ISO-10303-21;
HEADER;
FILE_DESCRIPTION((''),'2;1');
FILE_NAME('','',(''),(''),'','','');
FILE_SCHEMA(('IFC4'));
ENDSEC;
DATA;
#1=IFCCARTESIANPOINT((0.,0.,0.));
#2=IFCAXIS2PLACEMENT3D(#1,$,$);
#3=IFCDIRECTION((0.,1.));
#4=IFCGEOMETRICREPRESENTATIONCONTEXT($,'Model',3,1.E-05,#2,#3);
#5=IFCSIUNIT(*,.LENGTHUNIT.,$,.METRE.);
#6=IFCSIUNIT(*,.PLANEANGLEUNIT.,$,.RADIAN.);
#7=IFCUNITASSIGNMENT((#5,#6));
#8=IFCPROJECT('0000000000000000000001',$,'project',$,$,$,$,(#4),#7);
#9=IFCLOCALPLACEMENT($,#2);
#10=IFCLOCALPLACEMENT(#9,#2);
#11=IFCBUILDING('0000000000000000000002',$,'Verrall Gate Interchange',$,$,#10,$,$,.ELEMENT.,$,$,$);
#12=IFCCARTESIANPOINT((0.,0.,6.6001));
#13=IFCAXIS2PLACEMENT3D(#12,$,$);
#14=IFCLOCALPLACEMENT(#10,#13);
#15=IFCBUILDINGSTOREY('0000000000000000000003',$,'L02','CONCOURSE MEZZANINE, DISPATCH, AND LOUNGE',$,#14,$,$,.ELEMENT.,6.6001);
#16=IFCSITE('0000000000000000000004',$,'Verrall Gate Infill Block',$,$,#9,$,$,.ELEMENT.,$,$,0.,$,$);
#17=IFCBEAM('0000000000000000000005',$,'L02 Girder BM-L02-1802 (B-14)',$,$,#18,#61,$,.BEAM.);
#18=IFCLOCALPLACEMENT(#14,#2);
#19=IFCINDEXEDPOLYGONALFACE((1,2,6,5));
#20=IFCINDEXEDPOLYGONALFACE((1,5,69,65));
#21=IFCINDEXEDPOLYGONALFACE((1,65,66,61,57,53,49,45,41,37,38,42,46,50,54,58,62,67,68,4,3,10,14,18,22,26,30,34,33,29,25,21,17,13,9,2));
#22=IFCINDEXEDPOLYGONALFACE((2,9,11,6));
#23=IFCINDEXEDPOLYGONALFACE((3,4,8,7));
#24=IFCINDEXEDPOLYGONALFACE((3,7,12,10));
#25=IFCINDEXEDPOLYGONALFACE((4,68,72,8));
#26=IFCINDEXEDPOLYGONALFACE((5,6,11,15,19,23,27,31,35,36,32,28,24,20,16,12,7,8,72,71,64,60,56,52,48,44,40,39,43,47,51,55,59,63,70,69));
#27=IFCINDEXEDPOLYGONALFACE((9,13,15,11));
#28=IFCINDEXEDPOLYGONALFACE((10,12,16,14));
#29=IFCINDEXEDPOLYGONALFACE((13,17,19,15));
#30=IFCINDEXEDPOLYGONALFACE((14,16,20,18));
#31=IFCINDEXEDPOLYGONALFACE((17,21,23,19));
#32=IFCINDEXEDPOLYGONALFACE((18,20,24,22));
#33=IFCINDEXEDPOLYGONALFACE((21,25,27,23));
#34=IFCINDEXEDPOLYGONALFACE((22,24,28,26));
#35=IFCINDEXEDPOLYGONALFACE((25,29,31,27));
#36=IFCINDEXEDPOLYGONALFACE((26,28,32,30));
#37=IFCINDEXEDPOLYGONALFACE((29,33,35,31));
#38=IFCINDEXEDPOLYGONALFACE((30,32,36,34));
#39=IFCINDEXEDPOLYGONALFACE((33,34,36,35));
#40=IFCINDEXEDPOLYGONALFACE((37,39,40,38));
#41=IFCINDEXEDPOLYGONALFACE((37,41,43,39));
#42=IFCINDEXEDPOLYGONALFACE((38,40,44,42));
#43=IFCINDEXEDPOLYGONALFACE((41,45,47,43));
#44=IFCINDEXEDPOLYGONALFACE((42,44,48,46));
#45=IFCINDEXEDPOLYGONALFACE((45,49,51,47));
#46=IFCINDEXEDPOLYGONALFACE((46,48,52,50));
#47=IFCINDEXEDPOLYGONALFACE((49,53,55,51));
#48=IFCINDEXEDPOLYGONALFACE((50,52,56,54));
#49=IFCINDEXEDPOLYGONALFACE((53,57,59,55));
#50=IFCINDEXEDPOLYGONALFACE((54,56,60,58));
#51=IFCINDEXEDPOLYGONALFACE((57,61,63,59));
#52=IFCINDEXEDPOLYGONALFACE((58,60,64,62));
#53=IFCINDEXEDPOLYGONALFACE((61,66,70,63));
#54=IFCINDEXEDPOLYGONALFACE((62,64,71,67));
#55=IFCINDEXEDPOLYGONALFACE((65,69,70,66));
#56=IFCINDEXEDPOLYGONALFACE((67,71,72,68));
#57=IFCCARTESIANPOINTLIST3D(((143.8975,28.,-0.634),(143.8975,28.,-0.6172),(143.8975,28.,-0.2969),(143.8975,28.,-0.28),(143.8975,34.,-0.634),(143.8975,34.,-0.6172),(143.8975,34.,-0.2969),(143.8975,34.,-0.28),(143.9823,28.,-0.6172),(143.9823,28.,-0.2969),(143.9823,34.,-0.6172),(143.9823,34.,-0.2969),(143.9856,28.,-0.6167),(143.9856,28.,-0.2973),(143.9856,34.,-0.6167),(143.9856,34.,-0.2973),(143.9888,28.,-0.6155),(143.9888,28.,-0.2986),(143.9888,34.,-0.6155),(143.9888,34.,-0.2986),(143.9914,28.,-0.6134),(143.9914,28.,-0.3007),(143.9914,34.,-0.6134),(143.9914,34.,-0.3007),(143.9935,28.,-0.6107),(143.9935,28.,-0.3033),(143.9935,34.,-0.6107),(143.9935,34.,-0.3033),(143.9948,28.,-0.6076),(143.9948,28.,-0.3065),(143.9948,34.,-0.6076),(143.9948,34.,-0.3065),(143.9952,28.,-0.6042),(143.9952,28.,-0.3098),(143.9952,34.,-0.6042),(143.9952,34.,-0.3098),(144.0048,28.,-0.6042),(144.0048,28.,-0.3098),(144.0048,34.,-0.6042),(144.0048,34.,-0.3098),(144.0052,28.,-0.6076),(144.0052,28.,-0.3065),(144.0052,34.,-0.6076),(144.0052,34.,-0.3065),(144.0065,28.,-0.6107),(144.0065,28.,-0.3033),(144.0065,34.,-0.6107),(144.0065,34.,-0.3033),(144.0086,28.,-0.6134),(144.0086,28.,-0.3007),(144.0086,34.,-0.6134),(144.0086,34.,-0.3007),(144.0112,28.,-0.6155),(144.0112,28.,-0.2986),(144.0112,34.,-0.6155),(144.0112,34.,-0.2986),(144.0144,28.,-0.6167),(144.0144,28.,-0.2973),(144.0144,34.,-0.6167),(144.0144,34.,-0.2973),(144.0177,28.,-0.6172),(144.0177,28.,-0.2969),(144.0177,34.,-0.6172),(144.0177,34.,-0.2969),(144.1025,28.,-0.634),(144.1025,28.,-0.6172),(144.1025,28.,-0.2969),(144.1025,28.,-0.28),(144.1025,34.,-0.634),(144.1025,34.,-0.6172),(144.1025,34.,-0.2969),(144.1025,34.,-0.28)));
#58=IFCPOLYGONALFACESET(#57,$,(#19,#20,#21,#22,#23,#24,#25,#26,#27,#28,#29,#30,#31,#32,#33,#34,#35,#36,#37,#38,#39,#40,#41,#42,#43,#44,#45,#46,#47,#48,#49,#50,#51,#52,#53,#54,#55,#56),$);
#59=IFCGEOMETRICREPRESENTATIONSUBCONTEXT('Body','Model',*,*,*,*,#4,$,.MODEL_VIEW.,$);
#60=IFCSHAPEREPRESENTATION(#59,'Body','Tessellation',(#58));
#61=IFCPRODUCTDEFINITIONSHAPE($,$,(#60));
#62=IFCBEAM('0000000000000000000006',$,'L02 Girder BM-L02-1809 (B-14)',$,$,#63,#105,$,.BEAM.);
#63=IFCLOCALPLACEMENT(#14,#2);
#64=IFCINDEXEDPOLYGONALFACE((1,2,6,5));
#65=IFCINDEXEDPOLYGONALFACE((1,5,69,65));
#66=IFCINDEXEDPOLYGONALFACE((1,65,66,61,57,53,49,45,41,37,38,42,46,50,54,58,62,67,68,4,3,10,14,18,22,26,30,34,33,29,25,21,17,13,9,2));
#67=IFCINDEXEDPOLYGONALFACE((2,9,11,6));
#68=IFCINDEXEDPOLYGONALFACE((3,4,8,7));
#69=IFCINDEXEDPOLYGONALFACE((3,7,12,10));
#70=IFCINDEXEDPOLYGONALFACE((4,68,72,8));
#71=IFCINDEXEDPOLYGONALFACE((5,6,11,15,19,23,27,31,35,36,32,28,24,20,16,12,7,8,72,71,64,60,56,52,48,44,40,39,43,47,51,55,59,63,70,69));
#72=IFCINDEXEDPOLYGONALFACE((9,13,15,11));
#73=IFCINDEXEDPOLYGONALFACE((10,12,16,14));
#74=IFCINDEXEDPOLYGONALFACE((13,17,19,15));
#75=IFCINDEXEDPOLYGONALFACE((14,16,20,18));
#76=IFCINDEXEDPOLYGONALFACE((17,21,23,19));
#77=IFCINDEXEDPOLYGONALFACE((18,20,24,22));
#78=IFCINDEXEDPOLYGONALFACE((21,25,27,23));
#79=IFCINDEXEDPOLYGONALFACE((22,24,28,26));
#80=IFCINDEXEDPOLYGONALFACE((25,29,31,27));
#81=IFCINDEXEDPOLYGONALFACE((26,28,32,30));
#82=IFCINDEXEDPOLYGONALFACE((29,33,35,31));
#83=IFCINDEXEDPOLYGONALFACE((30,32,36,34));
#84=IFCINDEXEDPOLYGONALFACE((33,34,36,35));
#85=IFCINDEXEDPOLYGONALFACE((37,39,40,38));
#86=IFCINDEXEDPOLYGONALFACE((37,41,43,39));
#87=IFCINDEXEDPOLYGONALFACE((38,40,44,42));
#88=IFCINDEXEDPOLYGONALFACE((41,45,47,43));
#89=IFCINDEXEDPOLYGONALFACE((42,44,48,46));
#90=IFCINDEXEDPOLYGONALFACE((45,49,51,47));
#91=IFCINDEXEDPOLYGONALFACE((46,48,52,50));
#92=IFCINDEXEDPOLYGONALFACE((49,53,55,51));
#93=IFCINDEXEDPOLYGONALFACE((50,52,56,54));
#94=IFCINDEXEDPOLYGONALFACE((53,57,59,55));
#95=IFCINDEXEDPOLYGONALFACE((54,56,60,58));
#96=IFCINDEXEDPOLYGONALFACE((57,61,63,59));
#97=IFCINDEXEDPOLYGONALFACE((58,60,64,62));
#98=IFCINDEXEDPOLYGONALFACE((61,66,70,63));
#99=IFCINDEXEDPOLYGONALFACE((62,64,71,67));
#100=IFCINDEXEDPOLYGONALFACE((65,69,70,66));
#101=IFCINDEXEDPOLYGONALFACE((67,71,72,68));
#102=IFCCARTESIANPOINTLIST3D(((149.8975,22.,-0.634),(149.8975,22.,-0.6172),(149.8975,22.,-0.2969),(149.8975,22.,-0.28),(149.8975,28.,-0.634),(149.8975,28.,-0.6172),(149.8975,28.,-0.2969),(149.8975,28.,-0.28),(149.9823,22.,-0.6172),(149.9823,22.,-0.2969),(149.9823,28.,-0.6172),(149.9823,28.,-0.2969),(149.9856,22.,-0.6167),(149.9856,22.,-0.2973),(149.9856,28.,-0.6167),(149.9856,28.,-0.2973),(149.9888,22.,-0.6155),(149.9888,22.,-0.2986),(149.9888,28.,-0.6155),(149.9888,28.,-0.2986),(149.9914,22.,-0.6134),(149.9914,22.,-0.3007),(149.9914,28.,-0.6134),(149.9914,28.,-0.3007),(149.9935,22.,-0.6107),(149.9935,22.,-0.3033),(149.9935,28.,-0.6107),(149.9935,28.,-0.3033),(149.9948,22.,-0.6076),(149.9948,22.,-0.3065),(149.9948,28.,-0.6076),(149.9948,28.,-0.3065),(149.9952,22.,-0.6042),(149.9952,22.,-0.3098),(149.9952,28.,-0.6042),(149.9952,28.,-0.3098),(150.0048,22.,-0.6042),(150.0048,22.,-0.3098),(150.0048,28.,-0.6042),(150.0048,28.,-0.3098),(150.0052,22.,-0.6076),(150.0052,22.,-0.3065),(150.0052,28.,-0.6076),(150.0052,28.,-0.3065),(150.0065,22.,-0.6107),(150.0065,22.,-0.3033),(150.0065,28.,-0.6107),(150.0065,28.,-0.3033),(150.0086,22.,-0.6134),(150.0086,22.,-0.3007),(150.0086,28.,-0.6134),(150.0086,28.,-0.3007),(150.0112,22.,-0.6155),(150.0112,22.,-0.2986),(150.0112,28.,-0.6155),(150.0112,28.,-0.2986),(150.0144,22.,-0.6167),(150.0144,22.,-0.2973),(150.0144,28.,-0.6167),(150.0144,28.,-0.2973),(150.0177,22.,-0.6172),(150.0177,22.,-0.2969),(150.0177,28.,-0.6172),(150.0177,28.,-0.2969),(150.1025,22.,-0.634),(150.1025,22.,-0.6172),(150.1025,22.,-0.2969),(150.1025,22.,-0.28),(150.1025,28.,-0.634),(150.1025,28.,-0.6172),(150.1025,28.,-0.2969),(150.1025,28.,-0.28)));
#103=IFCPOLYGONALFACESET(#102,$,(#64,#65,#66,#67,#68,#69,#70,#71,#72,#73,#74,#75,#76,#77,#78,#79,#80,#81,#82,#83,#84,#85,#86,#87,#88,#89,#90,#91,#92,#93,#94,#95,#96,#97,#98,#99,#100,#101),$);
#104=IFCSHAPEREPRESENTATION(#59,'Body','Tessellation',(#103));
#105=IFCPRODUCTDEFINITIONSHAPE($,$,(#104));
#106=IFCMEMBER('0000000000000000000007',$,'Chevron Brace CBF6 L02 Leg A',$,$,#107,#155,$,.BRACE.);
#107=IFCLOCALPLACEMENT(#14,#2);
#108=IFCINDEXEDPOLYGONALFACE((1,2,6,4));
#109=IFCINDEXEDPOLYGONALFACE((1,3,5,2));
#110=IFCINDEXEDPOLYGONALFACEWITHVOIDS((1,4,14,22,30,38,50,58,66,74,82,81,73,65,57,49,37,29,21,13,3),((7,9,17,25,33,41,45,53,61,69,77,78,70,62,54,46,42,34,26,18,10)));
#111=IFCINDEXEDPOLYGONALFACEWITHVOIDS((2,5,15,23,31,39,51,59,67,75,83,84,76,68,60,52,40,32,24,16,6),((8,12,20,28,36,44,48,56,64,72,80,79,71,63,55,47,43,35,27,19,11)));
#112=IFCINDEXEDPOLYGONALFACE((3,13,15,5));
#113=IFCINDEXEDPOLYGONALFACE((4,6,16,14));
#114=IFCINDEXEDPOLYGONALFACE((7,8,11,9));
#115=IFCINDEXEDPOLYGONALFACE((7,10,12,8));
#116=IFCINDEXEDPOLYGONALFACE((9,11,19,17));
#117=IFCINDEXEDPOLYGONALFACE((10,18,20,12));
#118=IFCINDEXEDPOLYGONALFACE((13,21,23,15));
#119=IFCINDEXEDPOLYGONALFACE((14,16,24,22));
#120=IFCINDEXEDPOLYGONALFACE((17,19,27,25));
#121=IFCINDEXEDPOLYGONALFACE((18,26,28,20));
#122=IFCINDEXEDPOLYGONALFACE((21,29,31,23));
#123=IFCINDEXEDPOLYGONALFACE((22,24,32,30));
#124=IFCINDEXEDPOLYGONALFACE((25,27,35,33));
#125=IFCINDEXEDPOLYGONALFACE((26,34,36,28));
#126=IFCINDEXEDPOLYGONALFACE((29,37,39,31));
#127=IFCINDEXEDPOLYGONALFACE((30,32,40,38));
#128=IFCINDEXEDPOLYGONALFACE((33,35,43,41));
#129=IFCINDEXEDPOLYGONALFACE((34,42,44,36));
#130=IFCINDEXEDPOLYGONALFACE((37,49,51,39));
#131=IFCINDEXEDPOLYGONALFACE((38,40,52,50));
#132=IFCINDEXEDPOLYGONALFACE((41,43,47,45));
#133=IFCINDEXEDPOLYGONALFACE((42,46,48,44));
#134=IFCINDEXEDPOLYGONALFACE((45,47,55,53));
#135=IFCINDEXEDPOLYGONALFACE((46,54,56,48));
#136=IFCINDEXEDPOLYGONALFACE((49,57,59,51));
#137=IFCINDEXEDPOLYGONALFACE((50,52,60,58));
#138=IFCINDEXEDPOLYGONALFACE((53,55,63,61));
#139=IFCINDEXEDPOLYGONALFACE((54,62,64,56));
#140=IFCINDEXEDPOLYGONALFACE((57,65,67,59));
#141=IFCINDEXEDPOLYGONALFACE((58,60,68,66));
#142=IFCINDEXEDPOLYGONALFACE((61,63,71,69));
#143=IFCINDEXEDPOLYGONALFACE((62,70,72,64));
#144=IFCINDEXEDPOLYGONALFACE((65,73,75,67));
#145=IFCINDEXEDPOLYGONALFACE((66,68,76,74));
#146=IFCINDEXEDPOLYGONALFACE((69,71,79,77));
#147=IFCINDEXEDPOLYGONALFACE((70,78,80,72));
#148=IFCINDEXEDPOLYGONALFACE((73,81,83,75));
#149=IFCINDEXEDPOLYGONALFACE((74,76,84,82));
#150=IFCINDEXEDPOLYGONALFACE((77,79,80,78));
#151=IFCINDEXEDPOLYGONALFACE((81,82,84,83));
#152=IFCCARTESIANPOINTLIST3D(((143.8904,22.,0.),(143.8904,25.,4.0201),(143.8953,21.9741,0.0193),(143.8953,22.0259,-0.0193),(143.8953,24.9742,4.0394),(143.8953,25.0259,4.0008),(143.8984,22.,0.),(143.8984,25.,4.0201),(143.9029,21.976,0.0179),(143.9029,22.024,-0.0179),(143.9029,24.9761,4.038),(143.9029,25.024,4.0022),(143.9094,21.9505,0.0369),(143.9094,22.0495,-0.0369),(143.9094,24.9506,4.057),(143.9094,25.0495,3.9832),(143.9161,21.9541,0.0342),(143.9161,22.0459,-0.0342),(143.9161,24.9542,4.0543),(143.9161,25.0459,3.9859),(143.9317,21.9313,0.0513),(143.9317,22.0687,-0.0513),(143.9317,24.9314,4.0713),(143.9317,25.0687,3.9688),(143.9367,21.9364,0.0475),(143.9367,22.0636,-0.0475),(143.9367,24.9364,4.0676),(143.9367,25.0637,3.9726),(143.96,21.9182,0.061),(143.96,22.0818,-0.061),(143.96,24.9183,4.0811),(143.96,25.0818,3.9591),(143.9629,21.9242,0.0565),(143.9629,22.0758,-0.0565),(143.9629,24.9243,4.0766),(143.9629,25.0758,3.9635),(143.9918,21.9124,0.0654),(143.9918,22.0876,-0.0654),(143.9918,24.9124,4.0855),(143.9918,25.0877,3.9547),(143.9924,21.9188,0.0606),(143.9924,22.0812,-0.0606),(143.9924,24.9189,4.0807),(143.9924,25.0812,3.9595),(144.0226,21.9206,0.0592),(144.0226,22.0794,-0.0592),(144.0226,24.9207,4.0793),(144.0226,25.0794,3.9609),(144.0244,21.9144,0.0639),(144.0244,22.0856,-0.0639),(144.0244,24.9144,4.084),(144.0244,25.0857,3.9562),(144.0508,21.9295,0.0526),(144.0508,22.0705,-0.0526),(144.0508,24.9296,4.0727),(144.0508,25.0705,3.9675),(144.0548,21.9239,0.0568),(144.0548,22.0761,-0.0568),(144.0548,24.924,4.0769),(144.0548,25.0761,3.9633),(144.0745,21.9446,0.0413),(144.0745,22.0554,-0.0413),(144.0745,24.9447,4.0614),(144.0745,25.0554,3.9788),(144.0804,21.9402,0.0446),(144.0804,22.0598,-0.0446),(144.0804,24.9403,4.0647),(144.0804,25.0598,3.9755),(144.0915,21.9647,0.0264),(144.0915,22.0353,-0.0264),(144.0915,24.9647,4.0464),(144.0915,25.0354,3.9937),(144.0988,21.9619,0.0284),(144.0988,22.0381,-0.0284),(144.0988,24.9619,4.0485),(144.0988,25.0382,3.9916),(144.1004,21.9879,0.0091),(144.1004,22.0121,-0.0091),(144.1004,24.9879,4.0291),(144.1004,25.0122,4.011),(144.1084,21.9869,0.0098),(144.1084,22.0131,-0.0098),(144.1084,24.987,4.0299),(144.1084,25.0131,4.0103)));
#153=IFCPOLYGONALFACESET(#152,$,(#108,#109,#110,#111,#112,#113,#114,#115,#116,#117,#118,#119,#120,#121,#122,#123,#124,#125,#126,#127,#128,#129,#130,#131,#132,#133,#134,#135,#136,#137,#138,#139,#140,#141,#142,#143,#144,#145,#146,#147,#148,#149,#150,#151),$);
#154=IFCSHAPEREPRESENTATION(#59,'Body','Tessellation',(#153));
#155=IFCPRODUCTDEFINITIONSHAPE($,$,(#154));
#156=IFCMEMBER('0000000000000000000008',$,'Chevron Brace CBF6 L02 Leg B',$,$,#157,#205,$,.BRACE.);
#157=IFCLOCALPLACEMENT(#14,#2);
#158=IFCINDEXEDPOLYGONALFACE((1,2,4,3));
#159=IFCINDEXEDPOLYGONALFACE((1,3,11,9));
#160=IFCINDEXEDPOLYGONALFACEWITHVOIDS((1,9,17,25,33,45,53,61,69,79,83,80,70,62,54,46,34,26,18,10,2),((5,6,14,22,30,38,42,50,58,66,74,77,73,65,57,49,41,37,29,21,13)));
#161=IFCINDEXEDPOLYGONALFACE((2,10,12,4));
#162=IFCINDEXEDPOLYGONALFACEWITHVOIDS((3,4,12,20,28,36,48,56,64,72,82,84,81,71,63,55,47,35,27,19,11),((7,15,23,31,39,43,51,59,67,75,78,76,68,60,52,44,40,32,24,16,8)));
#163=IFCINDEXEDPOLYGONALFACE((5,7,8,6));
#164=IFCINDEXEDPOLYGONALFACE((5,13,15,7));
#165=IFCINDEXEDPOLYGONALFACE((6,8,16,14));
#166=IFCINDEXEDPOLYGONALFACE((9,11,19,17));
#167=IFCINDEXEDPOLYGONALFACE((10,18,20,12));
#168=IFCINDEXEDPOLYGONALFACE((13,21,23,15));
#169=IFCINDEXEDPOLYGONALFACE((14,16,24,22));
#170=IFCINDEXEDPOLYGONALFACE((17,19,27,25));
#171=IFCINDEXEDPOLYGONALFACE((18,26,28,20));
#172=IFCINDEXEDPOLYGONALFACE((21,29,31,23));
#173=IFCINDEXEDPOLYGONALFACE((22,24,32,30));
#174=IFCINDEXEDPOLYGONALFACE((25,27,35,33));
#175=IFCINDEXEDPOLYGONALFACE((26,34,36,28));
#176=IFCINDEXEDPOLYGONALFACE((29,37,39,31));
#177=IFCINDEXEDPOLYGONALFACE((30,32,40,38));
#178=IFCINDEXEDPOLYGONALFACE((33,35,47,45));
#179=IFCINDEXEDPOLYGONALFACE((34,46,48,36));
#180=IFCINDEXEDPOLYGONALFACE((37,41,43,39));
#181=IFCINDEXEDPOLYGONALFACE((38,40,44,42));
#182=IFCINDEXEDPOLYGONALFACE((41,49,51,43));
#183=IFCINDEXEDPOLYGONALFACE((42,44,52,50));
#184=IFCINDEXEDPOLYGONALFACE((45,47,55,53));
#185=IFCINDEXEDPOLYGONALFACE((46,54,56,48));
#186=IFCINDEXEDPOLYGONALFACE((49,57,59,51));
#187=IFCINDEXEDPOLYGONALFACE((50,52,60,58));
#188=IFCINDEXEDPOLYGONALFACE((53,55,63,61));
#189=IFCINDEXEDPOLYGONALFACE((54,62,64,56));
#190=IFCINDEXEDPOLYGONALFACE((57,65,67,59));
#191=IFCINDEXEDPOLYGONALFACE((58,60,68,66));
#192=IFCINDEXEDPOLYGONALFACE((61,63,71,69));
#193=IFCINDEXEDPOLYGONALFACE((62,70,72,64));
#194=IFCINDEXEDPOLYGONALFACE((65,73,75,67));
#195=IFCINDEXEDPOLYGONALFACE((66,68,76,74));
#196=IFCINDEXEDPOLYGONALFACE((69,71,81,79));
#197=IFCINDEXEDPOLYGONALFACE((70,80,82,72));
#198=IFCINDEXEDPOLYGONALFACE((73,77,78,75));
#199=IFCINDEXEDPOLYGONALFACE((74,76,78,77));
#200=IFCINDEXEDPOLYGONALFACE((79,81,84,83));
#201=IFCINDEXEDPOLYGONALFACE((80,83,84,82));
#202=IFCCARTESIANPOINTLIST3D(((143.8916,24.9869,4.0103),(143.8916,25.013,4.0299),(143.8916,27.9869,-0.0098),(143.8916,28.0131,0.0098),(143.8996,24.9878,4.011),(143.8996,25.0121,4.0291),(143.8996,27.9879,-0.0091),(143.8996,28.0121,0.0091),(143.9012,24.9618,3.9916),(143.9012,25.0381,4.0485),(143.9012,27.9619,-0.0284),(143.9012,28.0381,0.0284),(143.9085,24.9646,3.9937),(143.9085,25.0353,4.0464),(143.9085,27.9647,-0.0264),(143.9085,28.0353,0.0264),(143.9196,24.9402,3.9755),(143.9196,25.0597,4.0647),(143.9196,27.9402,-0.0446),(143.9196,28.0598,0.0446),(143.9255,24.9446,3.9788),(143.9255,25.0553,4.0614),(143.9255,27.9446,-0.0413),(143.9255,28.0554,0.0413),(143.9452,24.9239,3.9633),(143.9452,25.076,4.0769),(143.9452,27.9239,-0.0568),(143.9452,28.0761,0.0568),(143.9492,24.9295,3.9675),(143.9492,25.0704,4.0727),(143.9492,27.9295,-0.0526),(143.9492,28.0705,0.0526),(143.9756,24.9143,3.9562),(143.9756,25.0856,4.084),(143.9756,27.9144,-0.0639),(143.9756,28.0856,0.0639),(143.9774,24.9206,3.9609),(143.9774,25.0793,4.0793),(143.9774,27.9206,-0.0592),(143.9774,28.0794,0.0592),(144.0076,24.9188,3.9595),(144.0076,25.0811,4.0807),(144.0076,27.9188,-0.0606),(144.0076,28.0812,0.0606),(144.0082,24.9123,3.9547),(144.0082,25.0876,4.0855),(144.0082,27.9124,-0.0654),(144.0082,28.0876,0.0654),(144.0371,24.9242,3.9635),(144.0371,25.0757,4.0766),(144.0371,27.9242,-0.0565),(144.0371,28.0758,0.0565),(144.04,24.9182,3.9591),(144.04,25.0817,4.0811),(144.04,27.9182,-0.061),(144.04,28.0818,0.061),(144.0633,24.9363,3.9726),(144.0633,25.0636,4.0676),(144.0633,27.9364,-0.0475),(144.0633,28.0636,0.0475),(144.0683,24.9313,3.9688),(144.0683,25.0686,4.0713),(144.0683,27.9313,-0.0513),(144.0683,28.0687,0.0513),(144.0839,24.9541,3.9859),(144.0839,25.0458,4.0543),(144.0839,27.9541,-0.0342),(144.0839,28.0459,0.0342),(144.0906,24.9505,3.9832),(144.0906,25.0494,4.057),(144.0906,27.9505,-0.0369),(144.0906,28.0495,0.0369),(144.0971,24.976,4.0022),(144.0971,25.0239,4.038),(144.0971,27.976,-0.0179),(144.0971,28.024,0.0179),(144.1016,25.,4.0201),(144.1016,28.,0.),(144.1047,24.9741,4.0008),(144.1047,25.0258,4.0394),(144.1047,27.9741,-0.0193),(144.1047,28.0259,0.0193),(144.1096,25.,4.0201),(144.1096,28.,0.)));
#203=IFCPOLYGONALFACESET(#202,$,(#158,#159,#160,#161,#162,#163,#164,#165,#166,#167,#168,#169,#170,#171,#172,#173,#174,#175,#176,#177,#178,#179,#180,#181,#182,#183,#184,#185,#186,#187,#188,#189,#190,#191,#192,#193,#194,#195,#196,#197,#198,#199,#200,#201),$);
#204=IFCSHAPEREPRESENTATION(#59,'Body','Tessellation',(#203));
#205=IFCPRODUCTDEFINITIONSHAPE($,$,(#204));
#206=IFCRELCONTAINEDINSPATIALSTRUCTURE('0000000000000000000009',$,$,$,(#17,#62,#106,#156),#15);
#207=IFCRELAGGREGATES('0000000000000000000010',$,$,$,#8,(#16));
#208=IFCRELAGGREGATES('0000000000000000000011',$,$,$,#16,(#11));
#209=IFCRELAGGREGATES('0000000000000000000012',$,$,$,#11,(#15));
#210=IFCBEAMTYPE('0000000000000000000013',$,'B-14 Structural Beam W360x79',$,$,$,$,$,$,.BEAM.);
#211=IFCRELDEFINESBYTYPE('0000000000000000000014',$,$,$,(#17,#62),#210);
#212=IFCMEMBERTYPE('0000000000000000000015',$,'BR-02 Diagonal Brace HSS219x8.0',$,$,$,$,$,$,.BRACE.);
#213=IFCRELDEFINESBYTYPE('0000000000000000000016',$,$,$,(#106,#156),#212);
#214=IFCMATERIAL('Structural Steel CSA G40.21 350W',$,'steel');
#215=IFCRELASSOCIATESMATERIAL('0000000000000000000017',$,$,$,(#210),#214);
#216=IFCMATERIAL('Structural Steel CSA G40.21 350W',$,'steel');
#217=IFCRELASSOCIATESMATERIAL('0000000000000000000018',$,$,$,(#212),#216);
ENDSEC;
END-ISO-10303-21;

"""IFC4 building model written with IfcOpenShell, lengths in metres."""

from ifc_helpers import new_model, si_unit, direction, frame, origin, origin_2d, place, context, subcontext, project, spatial, hollow_circle, i_section, extrude, material, material_profile, profile_set, type_object, element, save


model = new_model("IFC4")

# Units and contexts
model_context = context("Model", 3, precision=1e-05, world=origin(), true_north=direction((0.0, 1.0)))
body_context = subcontext(model_context, "Body", "Model", "MODEL_VIEW")
ifc_project = project(units=[si_unit("LENGTHUNIT", "METRE"), si_unit("PLANEANGLEUNIT", "RADIAN")], contexts=[model_context])

# Site, building, storey
site_placement = place(None, origin())
site = spatial("IfcSite", under=ifc_project, at=site_placement, Name="Verrall Gate Infill Block", CompositionType="ELEMENT", RefElevation=0.0)
building_placement = place(site_placement, origin())
building = spatial("IfcBuilding", under=site, at=building_placement, Name="Verrall Gate Interchange", CompositionType="ELEMENT")
storey_placement = place(building_placement, frame((0.0, 0.0, 6.6001)))
storey = spatial("IfcBuildingStorey", under=building, at=storey_placement, Name="L02", Description="CONCOURSE MEZZANINE, DISPATCH, AND LOUNGE", CompositionType="ELEMENT", Elevation=6.6001)

# Beams
ifc_material_1 = material(Name="Structural Steel CSA G40.21 350W", Category="steel")
ifc_material_profile_1 = material_profile(ifc_material_1, i_section(OverallWidth=0.2051, OverallDepth=0.354, WebThickness=0.0095, FlangeThickness=0.0168, FilletRadius=0.0129, at=origin_2d()), Name="W360x79")
ifc_profile_set_1 = profile_set([ifc_material_profile_1], Name="Structural Steel CSA G40.21 350W")
beam_type_1 = type_object("IfcBeamType", Name="B-14 Structural Beam W360x79", PredefinedType="BEAM", material=ifc_profile_set_1)
for number, where, z_axis, x_axis, name in (
    (1, (144.0, 28.0, -0.457), (0.0, 1.0, 0.0), (-1.0, 0.0, 0.0), "L02 Girder BM-L02-1802 (B-14)"),
    (2, (150.0, 22.0, -0.457), (0.0, 1.0, 0.0), (-1.0, 0.0, 0.0), "L02 Girder BM-L02-1809 (B-14)"),
):
    element("IfcBeam", number, at=place(storey_placement, frame(where, z_axis=z_axis, x_axis=x_axis)), inside=storey, type_object=beam_type_1, Name=name, PredefinedType="BEAM", context=body_context, shape_type="SweptSolid", body=[
        extrude(i_section(OverallWidth=0.2051, OverallDepth=0.354, WebThickness=0.0095, FlangeThickness=0.0168, FilletRadius=0.0129, at=origin_2d()), origin(), (0.0, 0.0, 1.0), 6.0),
    ])

# Members
ifc_material_2 = material(Name="Structural Steel CSA G40.21 350W", Category="steel")
ifc_material_profile_2 = material_profile(ifc_material_2, hollow_circle(Radius=0.1096, WallThickness=0.0081, at=origin_2d()), Name="HSS219x8.0")
ifc_profile_set_2 = profile_set([ifc_material_profile_2], Name="Structural Steel CSA G40.21 350W")
member_type = type_object("IfcMemberType", Name="BR-02 Diagonal Brace HSS219x8.0", PredefinedType="BRACE", material=ifc_profile_set_2)
for number, where, z_axis, x_axis, name in (
    (3, (144.0, 22.0, 0.0), (0.0, 0.598083, 0.801435), (-1.0, 0.0, 0.0), "Chevron Brace CBF6 L02 Leg A"),
    (4, (144.0, 28.0, 0.0), (0.0, -0.598083, 0.801435), (1.0, 0.0, 0.0), "Chevron Brace CBF6 L02 Leg B"),
):
    element("IfcMember", number, at=place(storey_placement, frame(where, z_axis=z_axis, x_axis=x_axis)), inside=storey, type_object=member_type, Name=name, PredefinedType="BRACE", context=body_context, shape_type="SweptSolid", body=[
        extrude(hollow_circle(Radius=0.1096, WallThickness=0.0081, at=origin_2d()), origin(), (0.0, 0.0, 1.0), 5.0161),
    ])

save(model, "model.ifc")
